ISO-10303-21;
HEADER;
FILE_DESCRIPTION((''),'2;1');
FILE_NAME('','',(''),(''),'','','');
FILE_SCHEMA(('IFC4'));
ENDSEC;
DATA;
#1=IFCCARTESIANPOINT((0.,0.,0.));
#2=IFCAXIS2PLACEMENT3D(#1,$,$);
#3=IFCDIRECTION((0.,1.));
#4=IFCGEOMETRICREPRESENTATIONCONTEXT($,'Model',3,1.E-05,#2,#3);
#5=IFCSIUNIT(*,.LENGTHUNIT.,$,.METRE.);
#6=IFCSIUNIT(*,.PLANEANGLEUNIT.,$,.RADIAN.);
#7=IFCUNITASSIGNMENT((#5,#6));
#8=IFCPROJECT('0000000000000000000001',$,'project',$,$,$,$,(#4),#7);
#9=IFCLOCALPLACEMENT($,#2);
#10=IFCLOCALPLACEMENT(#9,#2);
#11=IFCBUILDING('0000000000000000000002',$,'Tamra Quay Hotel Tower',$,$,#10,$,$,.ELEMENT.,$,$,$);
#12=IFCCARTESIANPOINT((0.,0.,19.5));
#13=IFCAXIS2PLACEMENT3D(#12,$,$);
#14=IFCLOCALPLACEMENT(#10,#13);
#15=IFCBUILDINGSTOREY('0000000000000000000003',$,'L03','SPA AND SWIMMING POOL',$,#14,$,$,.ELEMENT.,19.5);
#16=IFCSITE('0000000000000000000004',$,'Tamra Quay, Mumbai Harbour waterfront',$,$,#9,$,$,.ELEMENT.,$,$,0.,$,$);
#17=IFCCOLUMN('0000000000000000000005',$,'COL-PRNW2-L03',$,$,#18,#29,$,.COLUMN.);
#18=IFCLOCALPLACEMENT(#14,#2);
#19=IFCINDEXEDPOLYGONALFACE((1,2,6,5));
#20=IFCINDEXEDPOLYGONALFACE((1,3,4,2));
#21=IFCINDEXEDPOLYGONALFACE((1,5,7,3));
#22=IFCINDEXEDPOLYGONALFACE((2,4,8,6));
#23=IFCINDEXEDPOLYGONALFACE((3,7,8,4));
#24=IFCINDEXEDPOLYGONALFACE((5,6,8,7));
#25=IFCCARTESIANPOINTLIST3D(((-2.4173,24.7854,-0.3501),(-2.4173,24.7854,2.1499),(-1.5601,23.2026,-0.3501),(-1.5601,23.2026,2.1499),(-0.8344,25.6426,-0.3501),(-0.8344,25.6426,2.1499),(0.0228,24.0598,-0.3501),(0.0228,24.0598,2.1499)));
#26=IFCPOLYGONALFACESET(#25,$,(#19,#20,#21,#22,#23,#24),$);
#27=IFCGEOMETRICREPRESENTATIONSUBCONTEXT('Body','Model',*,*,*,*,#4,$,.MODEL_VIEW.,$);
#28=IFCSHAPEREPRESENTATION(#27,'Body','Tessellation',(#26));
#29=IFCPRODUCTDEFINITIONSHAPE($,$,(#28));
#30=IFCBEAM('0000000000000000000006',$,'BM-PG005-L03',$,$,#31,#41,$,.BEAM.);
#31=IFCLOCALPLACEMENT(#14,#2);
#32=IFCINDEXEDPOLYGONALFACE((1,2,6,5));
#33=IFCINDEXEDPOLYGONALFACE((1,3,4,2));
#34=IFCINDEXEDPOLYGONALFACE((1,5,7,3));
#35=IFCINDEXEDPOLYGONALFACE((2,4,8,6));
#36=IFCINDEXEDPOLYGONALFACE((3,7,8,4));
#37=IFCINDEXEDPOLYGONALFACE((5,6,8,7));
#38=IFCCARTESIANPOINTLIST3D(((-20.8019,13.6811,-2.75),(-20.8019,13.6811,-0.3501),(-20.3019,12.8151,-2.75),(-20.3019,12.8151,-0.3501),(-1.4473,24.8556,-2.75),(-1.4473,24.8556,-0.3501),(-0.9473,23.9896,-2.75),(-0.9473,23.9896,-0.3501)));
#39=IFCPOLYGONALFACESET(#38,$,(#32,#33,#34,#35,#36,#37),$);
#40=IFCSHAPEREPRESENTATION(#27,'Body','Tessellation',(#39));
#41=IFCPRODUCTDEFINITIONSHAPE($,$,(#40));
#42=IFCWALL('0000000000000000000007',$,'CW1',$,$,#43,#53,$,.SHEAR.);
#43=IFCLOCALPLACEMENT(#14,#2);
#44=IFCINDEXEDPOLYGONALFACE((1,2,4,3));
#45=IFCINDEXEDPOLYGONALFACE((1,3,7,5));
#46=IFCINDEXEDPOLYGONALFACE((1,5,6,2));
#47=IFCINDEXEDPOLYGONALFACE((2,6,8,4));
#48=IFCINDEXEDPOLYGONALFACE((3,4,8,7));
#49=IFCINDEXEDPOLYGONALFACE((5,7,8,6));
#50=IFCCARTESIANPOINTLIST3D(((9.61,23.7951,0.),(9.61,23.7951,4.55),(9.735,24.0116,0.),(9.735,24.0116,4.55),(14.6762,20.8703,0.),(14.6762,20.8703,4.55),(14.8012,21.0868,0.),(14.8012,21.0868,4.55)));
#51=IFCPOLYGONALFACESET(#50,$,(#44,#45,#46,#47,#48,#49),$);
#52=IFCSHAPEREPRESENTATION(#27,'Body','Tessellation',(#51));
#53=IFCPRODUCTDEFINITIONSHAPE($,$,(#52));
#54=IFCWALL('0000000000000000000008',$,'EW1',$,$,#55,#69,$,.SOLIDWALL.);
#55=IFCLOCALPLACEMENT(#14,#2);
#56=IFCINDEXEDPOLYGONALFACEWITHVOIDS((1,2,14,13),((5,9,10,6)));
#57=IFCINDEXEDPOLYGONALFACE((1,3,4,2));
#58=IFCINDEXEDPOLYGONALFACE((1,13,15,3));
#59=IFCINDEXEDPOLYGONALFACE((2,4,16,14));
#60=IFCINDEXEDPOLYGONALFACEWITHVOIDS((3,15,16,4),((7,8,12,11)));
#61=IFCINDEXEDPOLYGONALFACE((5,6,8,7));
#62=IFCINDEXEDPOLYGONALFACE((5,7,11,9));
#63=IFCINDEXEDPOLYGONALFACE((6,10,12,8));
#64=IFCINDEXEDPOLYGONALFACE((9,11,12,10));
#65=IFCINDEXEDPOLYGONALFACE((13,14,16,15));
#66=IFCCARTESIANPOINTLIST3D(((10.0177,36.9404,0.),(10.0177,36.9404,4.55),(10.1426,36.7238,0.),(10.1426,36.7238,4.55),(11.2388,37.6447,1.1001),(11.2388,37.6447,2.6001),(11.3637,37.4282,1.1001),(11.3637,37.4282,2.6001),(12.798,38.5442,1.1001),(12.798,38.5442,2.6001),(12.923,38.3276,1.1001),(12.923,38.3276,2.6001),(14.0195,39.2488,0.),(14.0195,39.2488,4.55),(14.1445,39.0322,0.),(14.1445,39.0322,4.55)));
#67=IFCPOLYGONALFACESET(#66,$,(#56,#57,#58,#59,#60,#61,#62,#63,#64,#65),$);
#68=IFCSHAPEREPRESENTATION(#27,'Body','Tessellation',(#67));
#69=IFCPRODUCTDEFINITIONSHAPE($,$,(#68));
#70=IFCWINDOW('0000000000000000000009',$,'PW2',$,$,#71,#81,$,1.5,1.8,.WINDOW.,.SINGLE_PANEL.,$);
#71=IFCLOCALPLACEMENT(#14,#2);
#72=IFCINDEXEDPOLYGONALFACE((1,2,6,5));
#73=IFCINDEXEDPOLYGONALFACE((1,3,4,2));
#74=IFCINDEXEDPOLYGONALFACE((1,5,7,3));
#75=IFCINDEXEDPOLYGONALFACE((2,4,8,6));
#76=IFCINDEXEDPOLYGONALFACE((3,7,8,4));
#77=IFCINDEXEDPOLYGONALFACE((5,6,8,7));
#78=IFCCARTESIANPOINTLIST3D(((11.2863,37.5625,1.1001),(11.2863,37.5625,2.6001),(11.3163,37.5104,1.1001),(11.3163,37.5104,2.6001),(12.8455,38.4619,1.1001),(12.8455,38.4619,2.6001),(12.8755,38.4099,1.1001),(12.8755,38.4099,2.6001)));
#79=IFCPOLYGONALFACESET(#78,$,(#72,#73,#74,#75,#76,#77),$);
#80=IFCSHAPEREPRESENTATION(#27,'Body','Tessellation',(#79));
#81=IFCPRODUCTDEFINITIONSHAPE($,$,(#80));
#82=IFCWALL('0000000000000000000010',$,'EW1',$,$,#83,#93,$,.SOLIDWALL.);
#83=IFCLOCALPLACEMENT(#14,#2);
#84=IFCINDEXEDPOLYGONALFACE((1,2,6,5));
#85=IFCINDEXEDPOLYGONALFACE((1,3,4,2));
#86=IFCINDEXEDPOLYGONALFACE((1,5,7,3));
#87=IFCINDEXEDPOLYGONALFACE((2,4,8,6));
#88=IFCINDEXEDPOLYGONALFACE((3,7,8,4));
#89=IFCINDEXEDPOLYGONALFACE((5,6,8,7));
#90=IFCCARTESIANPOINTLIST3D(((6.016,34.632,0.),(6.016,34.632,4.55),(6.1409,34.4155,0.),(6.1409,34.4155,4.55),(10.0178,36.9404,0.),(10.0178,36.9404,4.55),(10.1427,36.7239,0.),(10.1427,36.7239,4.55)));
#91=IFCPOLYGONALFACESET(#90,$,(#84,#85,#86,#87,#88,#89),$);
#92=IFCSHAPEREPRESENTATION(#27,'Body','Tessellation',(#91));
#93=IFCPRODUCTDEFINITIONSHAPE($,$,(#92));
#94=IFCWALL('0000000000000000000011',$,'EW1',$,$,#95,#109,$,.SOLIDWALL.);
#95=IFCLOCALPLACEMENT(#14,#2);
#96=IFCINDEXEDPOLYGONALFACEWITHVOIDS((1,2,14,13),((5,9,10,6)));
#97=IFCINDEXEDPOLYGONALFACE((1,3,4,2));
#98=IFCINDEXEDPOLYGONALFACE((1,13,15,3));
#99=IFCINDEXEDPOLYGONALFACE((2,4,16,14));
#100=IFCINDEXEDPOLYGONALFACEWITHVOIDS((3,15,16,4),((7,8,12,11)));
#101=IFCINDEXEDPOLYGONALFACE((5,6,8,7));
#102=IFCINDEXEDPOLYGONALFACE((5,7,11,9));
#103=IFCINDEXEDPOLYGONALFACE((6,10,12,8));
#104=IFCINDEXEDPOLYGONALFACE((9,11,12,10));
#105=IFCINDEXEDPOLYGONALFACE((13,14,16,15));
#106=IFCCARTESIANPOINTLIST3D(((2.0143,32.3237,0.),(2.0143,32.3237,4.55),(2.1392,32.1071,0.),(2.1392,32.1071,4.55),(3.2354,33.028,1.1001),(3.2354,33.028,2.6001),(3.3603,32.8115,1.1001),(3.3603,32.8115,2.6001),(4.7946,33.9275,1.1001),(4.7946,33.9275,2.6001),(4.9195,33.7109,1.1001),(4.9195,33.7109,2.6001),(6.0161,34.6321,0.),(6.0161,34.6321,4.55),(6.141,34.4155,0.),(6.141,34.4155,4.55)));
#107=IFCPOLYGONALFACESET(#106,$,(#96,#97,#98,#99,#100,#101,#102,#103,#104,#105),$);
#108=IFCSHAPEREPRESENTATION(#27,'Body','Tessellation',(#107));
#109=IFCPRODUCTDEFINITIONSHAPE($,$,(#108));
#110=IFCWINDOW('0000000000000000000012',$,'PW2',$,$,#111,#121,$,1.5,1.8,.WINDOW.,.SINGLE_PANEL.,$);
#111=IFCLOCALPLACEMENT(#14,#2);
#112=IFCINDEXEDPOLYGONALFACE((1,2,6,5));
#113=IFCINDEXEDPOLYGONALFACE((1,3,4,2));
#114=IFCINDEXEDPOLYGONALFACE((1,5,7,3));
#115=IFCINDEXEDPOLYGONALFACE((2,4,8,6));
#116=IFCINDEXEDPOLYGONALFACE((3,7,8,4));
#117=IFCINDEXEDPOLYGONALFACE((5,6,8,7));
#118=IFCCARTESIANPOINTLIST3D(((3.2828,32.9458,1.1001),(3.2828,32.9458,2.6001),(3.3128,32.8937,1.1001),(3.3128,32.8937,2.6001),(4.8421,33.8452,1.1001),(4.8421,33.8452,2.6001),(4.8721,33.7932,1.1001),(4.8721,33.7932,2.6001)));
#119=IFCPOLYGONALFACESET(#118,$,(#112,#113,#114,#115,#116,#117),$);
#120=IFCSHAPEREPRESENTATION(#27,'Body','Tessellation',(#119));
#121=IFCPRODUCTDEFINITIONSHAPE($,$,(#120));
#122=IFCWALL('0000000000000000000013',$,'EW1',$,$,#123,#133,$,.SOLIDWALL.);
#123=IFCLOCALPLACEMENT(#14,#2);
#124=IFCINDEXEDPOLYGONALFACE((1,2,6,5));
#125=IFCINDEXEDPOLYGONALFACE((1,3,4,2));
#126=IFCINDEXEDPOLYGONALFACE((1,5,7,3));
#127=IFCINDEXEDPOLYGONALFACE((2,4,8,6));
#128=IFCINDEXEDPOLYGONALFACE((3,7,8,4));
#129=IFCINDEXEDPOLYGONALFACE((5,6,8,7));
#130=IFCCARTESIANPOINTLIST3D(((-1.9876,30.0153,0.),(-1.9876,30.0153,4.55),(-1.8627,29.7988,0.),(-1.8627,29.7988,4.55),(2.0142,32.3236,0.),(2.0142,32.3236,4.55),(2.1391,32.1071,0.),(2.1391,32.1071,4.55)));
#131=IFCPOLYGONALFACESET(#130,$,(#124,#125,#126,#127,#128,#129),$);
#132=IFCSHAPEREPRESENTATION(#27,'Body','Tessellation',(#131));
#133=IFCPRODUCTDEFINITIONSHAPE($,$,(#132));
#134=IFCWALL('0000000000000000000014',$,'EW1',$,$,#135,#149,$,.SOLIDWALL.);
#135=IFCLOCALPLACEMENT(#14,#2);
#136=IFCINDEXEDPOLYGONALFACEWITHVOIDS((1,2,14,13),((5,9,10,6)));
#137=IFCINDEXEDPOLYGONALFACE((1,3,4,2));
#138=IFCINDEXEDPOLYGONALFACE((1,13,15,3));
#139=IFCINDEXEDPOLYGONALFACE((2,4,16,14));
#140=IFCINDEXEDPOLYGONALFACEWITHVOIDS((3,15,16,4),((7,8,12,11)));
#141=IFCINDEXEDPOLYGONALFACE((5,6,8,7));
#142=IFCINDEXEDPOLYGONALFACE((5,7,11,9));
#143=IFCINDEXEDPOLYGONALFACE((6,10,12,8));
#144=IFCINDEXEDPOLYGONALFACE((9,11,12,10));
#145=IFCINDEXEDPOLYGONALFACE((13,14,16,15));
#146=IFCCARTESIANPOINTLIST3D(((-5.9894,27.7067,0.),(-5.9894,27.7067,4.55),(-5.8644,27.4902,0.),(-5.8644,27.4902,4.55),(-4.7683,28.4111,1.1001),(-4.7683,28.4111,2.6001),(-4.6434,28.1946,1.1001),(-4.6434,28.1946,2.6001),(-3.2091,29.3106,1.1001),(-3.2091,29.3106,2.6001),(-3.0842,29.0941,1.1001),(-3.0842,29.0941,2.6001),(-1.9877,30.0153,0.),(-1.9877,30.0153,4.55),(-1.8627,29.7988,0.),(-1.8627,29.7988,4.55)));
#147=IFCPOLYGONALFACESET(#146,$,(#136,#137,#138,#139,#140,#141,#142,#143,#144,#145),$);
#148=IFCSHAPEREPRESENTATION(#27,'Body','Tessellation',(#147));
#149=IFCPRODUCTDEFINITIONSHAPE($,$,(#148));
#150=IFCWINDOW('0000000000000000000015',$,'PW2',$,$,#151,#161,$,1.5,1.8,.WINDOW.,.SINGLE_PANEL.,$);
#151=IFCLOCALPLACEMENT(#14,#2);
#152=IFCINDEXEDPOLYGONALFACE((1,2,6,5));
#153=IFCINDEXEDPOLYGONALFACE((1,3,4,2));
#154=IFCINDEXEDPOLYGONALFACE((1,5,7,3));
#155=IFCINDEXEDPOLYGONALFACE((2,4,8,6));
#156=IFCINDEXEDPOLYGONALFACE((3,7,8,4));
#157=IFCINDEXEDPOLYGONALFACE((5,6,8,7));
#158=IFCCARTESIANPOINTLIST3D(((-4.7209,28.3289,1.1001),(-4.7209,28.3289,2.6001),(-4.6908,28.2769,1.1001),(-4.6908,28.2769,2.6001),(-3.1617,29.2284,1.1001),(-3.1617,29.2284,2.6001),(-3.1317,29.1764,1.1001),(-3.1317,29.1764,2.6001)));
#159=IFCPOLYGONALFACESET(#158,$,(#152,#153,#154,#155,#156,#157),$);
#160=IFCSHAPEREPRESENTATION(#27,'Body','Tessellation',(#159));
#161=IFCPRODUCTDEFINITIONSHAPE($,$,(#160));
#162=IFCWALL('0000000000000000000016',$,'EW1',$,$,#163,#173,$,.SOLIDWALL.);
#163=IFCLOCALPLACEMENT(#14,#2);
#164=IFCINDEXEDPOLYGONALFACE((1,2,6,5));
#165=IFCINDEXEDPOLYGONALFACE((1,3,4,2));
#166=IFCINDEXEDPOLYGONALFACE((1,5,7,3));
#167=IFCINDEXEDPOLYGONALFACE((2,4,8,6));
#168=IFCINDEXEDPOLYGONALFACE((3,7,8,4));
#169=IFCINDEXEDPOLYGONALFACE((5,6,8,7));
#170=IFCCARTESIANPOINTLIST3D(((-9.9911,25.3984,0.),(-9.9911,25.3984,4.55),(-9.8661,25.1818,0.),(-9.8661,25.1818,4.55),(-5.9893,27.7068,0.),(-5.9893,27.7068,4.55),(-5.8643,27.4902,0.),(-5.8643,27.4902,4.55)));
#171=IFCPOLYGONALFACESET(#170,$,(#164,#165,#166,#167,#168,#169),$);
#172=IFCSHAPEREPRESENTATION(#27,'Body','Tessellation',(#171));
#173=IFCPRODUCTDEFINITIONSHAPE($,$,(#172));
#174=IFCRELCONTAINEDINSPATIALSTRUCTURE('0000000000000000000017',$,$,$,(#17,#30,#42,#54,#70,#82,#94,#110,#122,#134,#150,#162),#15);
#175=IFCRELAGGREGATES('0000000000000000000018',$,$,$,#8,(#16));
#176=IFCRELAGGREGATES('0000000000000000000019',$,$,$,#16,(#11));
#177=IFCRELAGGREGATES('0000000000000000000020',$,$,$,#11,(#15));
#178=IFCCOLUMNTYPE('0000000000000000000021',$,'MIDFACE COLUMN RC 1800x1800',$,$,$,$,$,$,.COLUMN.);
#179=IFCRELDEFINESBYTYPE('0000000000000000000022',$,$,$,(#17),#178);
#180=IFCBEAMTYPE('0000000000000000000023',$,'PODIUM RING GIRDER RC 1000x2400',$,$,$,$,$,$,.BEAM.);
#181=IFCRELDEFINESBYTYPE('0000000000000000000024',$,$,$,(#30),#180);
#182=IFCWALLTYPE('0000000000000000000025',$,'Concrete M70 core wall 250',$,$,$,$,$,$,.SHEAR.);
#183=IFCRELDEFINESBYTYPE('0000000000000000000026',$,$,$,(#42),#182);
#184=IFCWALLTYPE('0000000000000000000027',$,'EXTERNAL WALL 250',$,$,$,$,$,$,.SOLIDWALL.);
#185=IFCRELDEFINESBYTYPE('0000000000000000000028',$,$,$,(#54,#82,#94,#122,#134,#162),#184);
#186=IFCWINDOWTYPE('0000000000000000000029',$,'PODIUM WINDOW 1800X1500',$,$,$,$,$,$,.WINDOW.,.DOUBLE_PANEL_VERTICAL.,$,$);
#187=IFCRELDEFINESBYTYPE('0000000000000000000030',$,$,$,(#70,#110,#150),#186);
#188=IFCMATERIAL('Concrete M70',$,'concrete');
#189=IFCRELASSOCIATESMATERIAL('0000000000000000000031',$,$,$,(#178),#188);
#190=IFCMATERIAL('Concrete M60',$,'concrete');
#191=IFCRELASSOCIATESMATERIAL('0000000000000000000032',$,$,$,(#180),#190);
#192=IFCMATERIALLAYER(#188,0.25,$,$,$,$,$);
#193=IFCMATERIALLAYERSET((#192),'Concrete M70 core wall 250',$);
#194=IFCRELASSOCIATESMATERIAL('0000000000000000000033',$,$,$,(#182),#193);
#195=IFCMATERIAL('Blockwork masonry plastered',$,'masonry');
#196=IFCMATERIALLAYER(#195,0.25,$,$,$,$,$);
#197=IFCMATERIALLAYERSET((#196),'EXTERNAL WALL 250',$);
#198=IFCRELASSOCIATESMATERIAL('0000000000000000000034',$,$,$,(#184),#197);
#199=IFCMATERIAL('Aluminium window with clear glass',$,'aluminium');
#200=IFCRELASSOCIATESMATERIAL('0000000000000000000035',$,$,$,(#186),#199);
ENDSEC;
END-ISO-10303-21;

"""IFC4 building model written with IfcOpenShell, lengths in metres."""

from ifc_helpers import new_model, si_unit, direction, frame, frame_2d, origin, origin_2d, place, context, subcontext, project, spatial, rectangle, extrude, material, layer, layer_set, material_profile, profile_set, type_object, element, fill, save


model = new_model("IFC4")

# Units and contexts
model_context = context("Model", 3, precision=1e-05, world=origin(), true_north=direction((0.0, 1.0)))
body_context = subcontext(model_context, "Body", "Model", "MODEL_VIEW")
ifc_project = project(units=[si_unit("LENGTHUNIT", "METRE"), si_unit("PLANEANGLEUNIT", "RADIAN")], contexts=[model_context])

# Site, building, storey
site_placement = place(None, origin())
site = spatial("IfcSite", under=ifc_project, at=site_placement, Name="Tamra Quay, Mumbai Harbour waterfront", CompositionType="ELEMENT", RefElevation=0.0)
building_placement = place(site_placement, origin())
building = spatial("IfcBuilding", under=site, at=building_placement, Name="Tamra Quay Hotel Tower", CompositionType="ELEMENT")
storey_placement = place(building_placement, frame((0.0, 0.0, 19.5)))
storey = spatial("IfcBuildingStorey", under=building, at=storey_placement, Name="L03", Description="SPA AND SWIMMING POOL", CompositionType="ELEMENT", Elevation=19.5)

# Column
ifc_material_1 = material(Name="Concrete M70", Category="concrete")
ifc_material_profile_1 = material_profile(ifc_material_1, rectangle(XDim=1.8, YDim=1.8, at=origin_2d()), Name="MIDFACE COLUMN RC 1800x1800")
ifc_profile_set_1 = profile_set([ifc_material_profile_1], Name="Concrete M70")
column_type = type_object("IfcColumnType", Name="MIDFACE COLUMN RC 1800x1800", PredefinedType="COLUMN", material=ifc_profile_set_1)
column_placement = place(storey_placement, frame((-1.1973, 24.4226, -0.3501), z_axis=(0.0, 0.0, 1.0), x_axis=(-0.476198, 0.879338, 0.0)))
element("IfcColumn", 1, at=column_placement, inside=storey, type_object=column_type, Name="COL-PRNW2-L03", PredefinedType="COLUMN", context=body_context, shape_type="SweptSolid", body=[
    extrude(rectangle(XDim=1.8, YDim=1.8, at=origin_2d()), origin(), (0.0, 0.0, 1.0), 2.5),
])

# Beam
ifc_material_2 = material(Name="Concrete M60", Category="concrete")
ifc_material_profile_2 = material_profile(ifc_material_2, rectangle(XDim=1.0, YDim=2.3999, at=origin_2d()), Name="PODIUM RING GIRDER RC 1000x2400")
ifc_profile_set_2 = profile_set([ifc_material_profile_2], Name="Concrete M60")
beam_type = type_object("IfcBeamType", Name="PODIUM RING GIRDER RC 1000x2400", PredefinedType="BEAM", material=ifc_profile_set_2)
beam_placement = place(storey_placement, frame((-1.1973, 24.4226, -1.55), z_axis=(-0.866023, -0.500003, 0.0), x_axis=(0.500003, -0.866023, 0.0)))
element("IfcBeam", 2, at=beam_placement, inside=storey, type_object=beam_type, Name="BM-PG005-L03", PredefinedType="BEAM", context=body_context, shape_type="SweptSolid", body=[
    extrude(rectangle(XDim=1.0, YDim=2.3999, at=origin_2d()), origin(), (0.0, 0.0, 1.0), 22.3489),
])

# Wall
ifc_layer_1 = layer(ifc_material_1, 0.25)
ifc_layer_set_1 = layer_set([ifc_layer_1], Name="Concrete M70 core wall 250")
wall_type_1 = type_object("IfcWallType", Name="Concrete M70 core wall 250", PredefinedType="SHEAR", material=ifc_layer_set_1)
wall_1_placement = place(storey_placement, frame((9.6726, 23.9033, 0.0), z_axis=(0.0, 0.0, 1.0), x_axis=(0.866036, -0.499981, 0.0)))
element("IfcWall", 3, at=wall_1_placement, inside=storey, type_object=wall_type_1, Name="CW1", PredefinedType="SHEAR", context=body_context, shape_type="SweptSolid", body=[
    extrude(rectangle(XDim=5.8499, YDim=0.25, at=frame_2d((2.9248, 0.0))), origin(), (0.0, 0.0, 1.0), 4.55),
])

# Wall, opening, window
ifc_material_3 = material(Name="Blockwork masonry plastered", Category="masonry")
ifc_layer_2 = layer(ifc_material_3, 0.25)
ifc_layer_set_2 = layer_set([ifc_layer_2], Name="EXTERNAL WALL 250")
wall_type_2 = type_object("IfcWallType", Name="EXTERNAL WALL 250", PredefinedType="SOLIDWALL", material=ifc_layer_set_2)
wall_2_placement = place(storey_placement, frame((10.0801, 36.832, 0.0), z_axis=(0.0, 0.0, 1.0), x_axis=(0.866216, 0.499669, 0.0)))
wall_2 = element("IfcWall", 4, at=wall_2_placement, inside=storey, type_object=wall_type_2, Name="EW1", PredefinedType="SOLIDWALL", context=body_context, shape_type="SweptSolid", body=[
    extrude(rectangle(XDim=4.6199, YDim=0.25, at=frame_2d((2.3101, 0.0))), origin(), (0.0, 0.0, 1.0), 4.55),
])
opening_1_placement = place(wall_2_placement, frame((1.4099, 0.0, 1.1001)))
opening_1 = element("IfcOpeningElement", 5, at=opening_1_placement, cuts=wall_2, PredefinedType="OPENING", context=body_context, shape_type="SweptSolid", body=[
    extrude(rectangle(XDim=1.8, YDim=1.5, at=frame_2d((0.8999, 0.75))), frame((0.0, 0.135, 0.0), z_axis=(0.0, -1.0, 0.0), x_axis=(1.0, 0.0, 0.0)), (0.0, 0.0, 1.0), 0.27),
])
ifc_material_4 = material(Name="Aluminium window with clear glass", Category="aluminium")
window_type = type_object("IfcWindowType", Name="PODIUM WINDOW 1800X1500", PartitioningType="DOUBLE_PANEL_VERTICAL", PredefinedType="WINDOW", material=ifc_material_4)
window_1_placement = place(opening_1_placement, origin())
window_1 = element("IfcWindow", 6, at=window_1_placement, inside=storey, type_object=window_type, Name="PW2", OverallHeight=1.5, OverallWidth=1.8, PartitioningType="SINGLE_PANEL", PredefinedType="WINDOW", context=body_context, shape_type="SweptSolid", body=[
    extrude(rectangle(XDim=1.8, YDim=1.5, at=frame_2d((0.8999, 0.75))), frame((0.0, 0.03, 0.0), z_axis=(0.0, -1.0, 0.0), x_axis=(1.0, 0.0, 0.0)), (0.0, 0.0, 1.0), 0.0601),
])
fill(opening_1, window_1)

# Wall
wall_3_placement = place(storey_placement, frame((6.0784, 34.5237, 0.0), z_axis=(0.0, 0.0, 1.0), x_axis=(0.866216, 0.499669, 0.0)))
element("IfcWall", 7, at=wall_3_placement, inside=storey, type_object=wall_type_2, Name="EW1", PredefinedType="SOLIDWALL", context=body_context, shape_type="SweptSolid", body=[
    extrude(rectangle(XDim=4.6199, YDim=0.25, at=frame_2d((2.3101, 0.0))), origin(), (0.0, 0.0, 1.0), 4.55),
])

# Wall, opening, window
wall_4_placement = place(storey_placement, frame((2.0767, 32.2153, 0.0), z_axis=(0.0, 0.0, 1.0), x_axis=(0.866216, 0.499669, 0.0)))
wall_4 = element("IfcWall", 8, at=wall_4_placement, inside=storey, type_object=wall_type_2, Name="EW1", PredefinedType="SOLIDWALL", context=body_context, shape_type="SweptSolid", body=[
    extrude(rectangle(XDim=4.6199, YDim=0.25, at=frame_2d((2.3101, 0.0))), origin(), (0.0, 0.0, 1.0), 4.55),
])
opening_2_placement = place(wall_4_placement, frame((1.4099, 0.0, 1.1001)))
opening_2 = element("IfcOpeningElement", 9, at=opening_2_placement, cuts=wall_4, PredefinedType="OPENING", context=body_context, shape_type="SweptSolid", body=[
    extrude(rectangle(XDim=1.8, YDim=1.5, at=frame_2d((0.8999, 0.75))), frame((0.0, 0.135, 0.0), z_axis=(0.0, -1.0, 0.0), x_axis=(1.0, 0.0, 0.0)), (0.0, 0.0, 1.0), 0.27),
])
window_2_placement = place(opening_2_placement, origin())
window_2 = element("IfcWindow", 10, at=window_2_placement, inside=storey, type_object=window_type, Name="PW2", OverallHeight=1.5, OverallWidth=1.8, PartitioningType="SINGLE_PANEL", PredefinedType="WINDOW", context=body_context, shape_type="SweptSolid", body=[
    extrude(rectangle(XDim=1.8, YDim=1.5, at=frame_2d((0.8999, 0.75))), frame((0.0, 0.03, 0.0), z_axis=(0.0, -1.0, 0.0), x_axis=(1.0, 0.0, 0.0)), (0.0, 0.0, 1.0), 0.0601),
])
fill(opening_2, window_2)

# Wall
wall_5_placement = place(storey_placement, frame((-1.9253, 29.907, 0.0), z_axis=(0.0, 0.0, 1.0), x_axis=(0.86623, 0.499646, 0.0)))
element("IfcWall", 11, at=wall_5_placement, inside=storey, type_object=wall_type_2, Name="EW1", PredefinedType="SOLIDWALL", context=body_context, shape_type="SweptSolid", body=[
    extrude(rectangle(XDim=4.6199, YDim=0.25, at=frame_2d((2.3101, 0.0))), origin(), (0.0, 0.0, 1.0), 4.55),
])

# Wall, opening, window
wall_6_placement = place(storey_placement, frame((-5.927, 27.5984, 0.0), z_axis=(0.0, 0.0, 1.0), x_axis=(0.866194, 0.499709, 0.0)))
wall_6 = element("IfcWall", 12, at=wall_6_placement, inside=storey, type_object=wall_type_2, Name="EW1", PredefinedType="SOLIDWALL", context=body_context, shape_type="SweptSolid", body=[
    extrude(rectangle(XDim=4.6199, YDim=0.25, at=frame_2d((2.3101, 0.0))), origin(), (0.0, 0.0, 1.0), 4.55),
])
opening_3_placement = place(wall_6_placement, frame((1.4099, 0.0, 1.1001)))
opening_3 = element("IfcOpeningElement", 13, at=opening_3_placement, cuts=wall_6, PredefinedType="OPENING", context=body_context, shape_type="SweptSolid", body=[
    extrude(rectangle(XDim=1.8, YDim=1.5, at=frame_2d((0.8999, 0.75))), frame((0.0, 0.135, 0.0), z_axis=(0.0, -1.0, 0.0), x_axis=(1.0, 0.0, 0.0)), (0.0, 0.0, 1.0), 0.27),
])
window_3_placement = place(opening_3_placement, origin())
window_3 = element("IfcWindow", 14, at=window_3_placement, inside=storey, type_object=window_type, Name="PW2", OverallHeight=1.5, OverallWidth=1.8, PartitioningType="SINGLE_PANEL", PredefinedType="WINDOW", context=body_context, shape_type="SweptSolid", body=[
    extrude(rectangle(XDim=1.8, YDim=1.5, at=frame_2d((0.8999, 0.75))), frame((0.0, 0.03, 0.0), z_axis=(0.0, -1.0, 0.0), x_axis=(1.0, 0.0, 0.0)), (0.0, 0.0, 1.0), 0.0601),
])
fill(opening_3, window_3)

# Wall
wall_7_placement = place(storey_placement, frame((-9.9287, 25.29, 0.0), z_axis=(0.0, 0.0, 1.0), x_axis=(0.866216, 0.499669, 0.0)))
element("IfcWall", 15, at=wall_7_placement, inside=storey, type_object=wall_type_2, Name="EW1", PredefinedType="SOLIDWALL", context=body_context, shape_type="SweptSolid", body=[
    extrude(rectangle(XDim=4.6199, YDim=0.25, at=frame_2d((2.3101, 0.0))), origin(), (0.0, 0.0, 1.0), 4.55),
])

save(model, "model.ifc")
